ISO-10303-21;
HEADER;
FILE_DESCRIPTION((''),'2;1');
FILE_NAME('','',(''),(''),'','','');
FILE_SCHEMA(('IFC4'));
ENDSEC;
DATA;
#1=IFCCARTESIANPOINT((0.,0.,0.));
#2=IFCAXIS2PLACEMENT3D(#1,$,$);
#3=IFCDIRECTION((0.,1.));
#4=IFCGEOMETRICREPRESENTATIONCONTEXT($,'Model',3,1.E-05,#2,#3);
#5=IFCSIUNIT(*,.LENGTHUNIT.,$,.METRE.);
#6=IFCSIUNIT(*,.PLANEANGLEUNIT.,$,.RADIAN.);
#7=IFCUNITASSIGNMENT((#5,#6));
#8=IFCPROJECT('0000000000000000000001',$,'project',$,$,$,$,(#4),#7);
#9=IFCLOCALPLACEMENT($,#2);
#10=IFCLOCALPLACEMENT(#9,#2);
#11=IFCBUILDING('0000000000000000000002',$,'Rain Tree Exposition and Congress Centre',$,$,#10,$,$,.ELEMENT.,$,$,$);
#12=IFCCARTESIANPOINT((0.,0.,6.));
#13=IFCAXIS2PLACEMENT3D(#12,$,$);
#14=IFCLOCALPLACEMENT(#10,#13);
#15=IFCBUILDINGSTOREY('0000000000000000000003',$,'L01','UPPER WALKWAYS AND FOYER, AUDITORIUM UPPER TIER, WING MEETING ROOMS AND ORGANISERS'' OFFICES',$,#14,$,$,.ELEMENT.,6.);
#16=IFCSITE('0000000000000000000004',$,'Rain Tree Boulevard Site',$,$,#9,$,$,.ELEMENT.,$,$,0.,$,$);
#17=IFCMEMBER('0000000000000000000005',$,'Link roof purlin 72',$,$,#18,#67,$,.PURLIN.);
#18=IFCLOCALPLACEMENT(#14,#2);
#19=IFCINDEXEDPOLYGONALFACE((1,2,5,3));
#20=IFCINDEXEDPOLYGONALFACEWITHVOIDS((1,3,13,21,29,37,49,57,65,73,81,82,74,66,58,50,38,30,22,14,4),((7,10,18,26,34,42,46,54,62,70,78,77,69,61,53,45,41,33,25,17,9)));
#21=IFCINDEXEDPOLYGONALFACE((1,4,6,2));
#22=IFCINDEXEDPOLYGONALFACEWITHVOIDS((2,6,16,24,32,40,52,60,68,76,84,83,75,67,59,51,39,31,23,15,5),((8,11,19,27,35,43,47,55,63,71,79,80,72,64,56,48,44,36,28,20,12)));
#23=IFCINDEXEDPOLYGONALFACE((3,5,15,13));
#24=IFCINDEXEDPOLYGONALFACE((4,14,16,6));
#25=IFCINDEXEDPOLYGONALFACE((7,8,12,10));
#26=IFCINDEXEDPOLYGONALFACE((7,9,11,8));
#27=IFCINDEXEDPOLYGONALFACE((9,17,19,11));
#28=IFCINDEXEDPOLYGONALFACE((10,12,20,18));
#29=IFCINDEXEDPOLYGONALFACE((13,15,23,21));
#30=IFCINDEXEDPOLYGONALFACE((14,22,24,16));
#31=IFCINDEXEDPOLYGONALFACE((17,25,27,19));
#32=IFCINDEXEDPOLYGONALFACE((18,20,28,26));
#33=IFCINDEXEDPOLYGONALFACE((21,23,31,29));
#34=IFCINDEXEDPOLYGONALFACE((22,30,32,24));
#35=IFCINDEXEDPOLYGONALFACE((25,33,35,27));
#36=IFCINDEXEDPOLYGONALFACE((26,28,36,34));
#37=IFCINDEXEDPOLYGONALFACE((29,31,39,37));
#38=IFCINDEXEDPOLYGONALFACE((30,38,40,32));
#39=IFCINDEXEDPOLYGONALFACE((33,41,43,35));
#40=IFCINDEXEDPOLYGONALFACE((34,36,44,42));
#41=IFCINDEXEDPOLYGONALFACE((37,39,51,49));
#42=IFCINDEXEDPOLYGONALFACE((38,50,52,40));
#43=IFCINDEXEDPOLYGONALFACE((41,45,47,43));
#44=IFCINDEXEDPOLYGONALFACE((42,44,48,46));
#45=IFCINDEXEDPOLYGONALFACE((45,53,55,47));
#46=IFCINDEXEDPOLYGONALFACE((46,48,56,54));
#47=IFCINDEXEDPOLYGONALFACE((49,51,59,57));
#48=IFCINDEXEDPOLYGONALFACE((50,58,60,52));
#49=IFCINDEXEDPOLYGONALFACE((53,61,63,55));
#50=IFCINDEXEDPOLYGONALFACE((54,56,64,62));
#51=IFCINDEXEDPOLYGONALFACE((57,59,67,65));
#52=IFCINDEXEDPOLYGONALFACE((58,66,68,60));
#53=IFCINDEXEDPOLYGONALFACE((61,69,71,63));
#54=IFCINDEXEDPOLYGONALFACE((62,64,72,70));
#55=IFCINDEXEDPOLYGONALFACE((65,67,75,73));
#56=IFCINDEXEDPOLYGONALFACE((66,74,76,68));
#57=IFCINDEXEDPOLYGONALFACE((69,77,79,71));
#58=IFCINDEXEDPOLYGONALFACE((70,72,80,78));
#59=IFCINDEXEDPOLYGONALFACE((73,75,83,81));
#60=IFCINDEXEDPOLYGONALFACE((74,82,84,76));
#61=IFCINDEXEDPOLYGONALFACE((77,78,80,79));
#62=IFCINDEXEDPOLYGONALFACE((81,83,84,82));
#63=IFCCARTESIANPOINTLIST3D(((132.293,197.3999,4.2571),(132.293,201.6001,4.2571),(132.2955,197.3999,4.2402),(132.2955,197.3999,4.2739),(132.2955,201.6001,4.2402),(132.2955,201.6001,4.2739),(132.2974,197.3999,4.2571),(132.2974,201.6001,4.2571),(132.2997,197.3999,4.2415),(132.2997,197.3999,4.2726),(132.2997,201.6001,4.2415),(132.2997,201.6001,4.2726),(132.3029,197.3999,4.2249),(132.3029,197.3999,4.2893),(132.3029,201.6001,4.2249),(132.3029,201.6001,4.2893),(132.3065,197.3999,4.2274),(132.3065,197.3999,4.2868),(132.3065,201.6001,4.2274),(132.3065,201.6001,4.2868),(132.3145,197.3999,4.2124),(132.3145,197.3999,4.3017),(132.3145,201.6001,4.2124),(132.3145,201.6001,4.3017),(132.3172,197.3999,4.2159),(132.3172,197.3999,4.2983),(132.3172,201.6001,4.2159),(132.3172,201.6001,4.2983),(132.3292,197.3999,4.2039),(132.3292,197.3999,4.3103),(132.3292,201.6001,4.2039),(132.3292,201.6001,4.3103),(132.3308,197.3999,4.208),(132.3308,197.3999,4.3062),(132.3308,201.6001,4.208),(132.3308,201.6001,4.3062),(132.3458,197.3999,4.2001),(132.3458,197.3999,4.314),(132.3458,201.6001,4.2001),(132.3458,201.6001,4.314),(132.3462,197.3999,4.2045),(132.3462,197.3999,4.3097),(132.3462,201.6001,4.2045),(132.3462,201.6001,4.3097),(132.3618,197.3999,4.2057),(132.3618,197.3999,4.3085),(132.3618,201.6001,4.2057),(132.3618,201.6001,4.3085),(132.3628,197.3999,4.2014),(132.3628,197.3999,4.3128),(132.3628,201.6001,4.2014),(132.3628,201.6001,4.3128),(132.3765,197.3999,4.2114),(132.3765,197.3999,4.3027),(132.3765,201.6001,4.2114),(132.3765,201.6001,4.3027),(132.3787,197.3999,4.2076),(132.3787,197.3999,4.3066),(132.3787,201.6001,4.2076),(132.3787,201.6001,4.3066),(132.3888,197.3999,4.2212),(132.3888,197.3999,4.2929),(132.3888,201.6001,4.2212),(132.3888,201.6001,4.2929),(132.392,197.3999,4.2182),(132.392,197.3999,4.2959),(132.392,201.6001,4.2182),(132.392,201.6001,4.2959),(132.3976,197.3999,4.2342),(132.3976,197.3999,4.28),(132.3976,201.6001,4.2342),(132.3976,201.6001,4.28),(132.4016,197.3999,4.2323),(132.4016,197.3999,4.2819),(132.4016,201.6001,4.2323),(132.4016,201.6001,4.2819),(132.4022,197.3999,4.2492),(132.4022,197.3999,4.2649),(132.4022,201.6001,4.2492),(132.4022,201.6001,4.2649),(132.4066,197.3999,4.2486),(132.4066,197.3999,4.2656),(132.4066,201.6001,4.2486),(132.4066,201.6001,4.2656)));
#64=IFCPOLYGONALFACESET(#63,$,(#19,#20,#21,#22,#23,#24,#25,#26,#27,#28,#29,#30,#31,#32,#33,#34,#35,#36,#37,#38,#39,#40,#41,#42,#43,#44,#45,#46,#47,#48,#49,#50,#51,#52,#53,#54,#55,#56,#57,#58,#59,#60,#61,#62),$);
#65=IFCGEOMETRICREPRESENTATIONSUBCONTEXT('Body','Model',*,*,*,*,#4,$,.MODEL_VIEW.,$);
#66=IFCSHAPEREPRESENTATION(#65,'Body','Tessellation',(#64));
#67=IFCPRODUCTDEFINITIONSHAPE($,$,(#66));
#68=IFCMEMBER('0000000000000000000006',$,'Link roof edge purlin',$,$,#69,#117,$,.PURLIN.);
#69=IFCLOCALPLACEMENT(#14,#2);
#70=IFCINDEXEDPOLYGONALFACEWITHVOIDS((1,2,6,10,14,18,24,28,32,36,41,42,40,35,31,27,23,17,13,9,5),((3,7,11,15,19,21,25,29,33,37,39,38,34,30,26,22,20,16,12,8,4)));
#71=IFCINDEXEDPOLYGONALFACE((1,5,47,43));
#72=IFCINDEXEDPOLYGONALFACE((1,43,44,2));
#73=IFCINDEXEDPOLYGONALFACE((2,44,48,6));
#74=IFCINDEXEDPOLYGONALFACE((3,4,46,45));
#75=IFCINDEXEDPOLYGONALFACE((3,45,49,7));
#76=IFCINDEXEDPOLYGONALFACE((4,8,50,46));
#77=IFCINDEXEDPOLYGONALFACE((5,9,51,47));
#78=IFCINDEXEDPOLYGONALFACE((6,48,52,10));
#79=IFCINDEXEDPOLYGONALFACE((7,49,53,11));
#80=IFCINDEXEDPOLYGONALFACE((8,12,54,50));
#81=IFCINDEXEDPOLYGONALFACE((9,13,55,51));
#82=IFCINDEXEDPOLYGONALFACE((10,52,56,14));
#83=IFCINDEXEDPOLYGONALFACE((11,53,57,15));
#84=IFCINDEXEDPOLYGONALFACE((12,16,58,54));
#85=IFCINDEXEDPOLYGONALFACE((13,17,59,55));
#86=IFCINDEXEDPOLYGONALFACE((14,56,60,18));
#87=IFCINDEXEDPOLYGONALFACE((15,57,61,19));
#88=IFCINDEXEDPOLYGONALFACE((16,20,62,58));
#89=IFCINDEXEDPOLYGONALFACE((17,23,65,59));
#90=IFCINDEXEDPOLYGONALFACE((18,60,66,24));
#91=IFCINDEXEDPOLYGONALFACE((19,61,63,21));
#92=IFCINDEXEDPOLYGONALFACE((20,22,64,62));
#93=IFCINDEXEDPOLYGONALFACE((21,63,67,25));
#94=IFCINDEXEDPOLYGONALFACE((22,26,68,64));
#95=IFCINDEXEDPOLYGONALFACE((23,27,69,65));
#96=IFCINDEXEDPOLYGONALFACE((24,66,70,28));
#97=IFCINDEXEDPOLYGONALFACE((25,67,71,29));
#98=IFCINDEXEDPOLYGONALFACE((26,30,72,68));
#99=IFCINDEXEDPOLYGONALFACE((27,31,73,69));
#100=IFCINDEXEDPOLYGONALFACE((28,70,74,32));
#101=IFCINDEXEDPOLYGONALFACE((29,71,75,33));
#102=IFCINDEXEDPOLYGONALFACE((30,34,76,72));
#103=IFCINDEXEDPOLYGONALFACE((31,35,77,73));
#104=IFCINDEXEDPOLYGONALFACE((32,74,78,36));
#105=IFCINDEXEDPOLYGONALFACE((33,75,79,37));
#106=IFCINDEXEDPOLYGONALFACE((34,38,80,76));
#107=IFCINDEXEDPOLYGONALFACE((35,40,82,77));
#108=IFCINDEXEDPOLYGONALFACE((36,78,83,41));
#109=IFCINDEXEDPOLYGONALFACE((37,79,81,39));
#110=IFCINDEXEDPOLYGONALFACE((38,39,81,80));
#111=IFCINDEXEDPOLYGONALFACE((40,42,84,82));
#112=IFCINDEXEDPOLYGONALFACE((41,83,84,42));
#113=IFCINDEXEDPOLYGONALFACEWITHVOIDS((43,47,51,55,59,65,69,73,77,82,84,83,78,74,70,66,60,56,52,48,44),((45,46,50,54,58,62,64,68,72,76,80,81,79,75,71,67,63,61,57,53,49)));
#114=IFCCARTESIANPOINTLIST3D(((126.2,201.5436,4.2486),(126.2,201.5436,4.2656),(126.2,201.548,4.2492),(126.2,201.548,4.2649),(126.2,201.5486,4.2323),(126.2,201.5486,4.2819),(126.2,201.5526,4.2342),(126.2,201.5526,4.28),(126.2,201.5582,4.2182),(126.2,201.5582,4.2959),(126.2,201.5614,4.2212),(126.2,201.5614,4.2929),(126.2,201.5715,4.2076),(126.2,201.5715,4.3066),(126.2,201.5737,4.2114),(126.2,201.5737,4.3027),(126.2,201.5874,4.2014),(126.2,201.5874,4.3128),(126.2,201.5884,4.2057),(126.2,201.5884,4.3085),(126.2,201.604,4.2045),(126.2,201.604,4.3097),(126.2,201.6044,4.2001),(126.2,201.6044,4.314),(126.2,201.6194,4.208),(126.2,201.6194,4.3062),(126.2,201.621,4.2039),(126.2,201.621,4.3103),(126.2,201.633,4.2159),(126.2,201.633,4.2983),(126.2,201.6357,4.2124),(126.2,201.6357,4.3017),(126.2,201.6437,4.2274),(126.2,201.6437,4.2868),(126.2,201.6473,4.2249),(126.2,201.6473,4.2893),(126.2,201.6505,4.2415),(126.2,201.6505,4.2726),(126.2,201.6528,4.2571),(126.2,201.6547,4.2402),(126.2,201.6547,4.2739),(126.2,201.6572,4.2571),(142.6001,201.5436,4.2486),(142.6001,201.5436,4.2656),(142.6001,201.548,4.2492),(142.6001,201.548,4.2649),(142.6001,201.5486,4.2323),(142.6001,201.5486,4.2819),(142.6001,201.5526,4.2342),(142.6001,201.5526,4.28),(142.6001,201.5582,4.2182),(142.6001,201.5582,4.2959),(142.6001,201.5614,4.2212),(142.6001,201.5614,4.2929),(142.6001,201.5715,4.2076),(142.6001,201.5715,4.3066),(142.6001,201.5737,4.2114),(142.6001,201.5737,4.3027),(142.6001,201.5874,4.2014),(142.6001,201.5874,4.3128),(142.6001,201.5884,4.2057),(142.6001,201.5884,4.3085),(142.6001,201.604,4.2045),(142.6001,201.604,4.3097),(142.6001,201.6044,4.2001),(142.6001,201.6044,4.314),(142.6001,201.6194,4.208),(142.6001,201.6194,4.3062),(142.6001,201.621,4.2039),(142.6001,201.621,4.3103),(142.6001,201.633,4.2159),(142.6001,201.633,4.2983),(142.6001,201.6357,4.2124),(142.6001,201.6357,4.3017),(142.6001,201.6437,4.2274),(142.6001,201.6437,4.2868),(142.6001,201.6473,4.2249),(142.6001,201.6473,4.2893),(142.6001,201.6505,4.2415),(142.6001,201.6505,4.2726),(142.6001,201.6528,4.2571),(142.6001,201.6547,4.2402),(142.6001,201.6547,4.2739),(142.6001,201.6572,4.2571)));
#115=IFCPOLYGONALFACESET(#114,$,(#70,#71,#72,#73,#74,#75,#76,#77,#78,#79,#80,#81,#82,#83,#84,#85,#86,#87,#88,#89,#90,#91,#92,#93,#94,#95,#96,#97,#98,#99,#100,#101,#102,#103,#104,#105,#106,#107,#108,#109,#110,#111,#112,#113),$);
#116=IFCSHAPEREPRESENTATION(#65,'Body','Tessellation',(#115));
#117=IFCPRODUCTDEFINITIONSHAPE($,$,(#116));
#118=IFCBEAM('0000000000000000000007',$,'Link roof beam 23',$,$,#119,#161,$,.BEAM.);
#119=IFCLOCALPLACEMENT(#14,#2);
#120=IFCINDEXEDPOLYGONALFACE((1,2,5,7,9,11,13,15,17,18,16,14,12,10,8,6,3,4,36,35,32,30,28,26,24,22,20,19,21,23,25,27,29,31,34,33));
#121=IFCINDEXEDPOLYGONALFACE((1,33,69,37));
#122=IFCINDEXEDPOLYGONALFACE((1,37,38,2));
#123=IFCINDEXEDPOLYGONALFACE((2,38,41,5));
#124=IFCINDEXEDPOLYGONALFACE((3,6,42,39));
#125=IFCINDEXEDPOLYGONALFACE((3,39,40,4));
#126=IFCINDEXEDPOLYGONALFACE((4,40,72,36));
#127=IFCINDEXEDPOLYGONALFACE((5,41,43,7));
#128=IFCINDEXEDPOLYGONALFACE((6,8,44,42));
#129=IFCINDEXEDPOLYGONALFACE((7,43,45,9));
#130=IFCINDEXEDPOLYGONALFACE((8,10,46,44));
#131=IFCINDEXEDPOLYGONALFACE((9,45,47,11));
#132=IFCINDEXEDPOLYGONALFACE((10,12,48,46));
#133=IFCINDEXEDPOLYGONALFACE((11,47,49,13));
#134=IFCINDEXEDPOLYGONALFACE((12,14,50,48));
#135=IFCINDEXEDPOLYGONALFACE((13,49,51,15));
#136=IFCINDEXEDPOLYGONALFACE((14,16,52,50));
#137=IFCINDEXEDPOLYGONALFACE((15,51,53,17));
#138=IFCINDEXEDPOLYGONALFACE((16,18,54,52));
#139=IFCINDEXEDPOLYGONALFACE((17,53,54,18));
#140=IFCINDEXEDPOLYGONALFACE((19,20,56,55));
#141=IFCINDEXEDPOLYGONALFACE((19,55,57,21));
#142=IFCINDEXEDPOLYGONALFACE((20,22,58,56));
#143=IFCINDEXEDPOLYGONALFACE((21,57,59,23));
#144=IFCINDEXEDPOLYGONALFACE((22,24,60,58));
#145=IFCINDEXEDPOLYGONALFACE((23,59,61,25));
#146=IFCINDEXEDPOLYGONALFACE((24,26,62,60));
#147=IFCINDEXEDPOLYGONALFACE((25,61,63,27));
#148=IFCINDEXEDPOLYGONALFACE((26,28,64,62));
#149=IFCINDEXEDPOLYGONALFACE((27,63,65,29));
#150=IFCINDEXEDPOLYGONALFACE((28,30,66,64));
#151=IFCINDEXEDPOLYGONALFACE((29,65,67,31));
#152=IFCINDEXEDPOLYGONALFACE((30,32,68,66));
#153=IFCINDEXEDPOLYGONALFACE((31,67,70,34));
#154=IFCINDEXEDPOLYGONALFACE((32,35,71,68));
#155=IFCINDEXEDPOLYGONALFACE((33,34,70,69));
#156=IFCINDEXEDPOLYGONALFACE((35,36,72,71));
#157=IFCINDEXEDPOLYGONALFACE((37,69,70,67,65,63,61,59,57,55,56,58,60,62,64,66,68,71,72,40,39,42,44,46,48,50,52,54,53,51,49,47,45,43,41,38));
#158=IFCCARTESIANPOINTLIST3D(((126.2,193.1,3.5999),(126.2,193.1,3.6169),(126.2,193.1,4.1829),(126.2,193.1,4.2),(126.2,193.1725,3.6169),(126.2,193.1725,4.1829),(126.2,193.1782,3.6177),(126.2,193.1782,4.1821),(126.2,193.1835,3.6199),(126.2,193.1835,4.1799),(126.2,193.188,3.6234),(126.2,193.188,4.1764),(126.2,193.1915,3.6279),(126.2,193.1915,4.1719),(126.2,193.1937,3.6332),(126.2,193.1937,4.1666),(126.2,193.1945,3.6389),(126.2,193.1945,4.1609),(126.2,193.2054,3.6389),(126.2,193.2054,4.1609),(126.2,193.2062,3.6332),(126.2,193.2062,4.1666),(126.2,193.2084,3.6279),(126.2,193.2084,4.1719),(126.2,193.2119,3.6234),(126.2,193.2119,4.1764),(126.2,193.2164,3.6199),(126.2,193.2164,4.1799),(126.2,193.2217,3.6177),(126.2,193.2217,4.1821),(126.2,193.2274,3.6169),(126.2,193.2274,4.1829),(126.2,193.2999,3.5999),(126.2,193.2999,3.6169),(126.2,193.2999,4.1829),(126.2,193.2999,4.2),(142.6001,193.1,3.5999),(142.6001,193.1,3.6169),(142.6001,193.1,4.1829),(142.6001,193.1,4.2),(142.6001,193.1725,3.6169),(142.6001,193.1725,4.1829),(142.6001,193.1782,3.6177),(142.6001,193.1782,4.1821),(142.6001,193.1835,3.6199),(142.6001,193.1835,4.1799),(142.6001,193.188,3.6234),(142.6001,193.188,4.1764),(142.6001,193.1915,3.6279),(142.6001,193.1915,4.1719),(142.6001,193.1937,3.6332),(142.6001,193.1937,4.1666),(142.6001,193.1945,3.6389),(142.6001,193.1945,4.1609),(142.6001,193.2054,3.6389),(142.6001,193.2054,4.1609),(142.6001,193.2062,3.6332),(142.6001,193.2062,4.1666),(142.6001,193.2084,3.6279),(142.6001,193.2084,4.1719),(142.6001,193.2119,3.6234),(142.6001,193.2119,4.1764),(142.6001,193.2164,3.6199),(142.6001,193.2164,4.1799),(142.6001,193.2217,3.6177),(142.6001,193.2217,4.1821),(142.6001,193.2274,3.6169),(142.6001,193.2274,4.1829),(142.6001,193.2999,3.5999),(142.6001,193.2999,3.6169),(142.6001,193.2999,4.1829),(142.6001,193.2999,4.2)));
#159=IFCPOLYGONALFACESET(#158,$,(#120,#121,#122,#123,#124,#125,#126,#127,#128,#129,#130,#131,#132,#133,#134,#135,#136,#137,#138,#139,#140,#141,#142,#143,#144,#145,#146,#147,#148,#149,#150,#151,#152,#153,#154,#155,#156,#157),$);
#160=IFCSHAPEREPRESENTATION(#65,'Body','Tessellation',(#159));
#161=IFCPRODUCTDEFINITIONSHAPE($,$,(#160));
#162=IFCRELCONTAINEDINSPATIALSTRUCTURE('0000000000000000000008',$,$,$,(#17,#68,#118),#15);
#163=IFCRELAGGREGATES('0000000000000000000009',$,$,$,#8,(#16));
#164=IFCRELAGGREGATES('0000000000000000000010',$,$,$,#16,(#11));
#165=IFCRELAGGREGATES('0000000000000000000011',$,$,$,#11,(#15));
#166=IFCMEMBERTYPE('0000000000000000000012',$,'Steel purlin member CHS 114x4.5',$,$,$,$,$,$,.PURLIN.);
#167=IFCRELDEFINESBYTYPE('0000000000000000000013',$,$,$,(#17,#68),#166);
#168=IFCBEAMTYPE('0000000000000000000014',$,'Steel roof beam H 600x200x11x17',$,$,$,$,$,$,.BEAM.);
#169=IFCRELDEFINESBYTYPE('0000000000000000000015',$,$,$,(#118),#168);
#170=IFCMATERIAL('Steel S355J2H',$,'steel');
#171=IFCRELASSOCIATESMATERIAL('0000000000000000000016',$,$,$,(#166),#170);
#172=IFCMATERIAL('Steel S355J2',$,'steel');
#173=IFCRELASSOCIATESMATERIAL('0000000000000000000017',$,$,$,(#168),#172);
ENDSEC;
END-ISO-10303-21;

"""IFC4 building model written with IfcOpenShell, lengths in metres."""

from ifc_helpers import new_model, si_unit, direction, frame, origin, origin_2d, place, context, subcontext, project, spatial, hollow_circle, i_section, extrude, material, material_profile, profile_set, type_object, element, save


model = new_model("IFC4")

# Units and contexts
model_context = context("Model", 3, precision=1e-05, world=origin(), true_north=direction((0.0, 1.0)))
body_context = subcontext(model_context, "Body", "Model", "MODEL_VIEW")
ifc_project = project(units=[si_unit("LENGTHUNIT", "METRE"), si_unit("PLANEANGLEUNIT", "RADIAN")], contexts=[model_context])

# Site, building, storey
site_placement = place(None, origin())
site = spatial("IfcSite", under=ifc_project, at=site_placement, Name="Rain Tree Boulevard Site", CompositionType="ELEMENT", RefElevation=0.0)
building_placement = place(site_placement, origin())
building = spatial("IfcBuilding", under=site, at=building_placement, Name="Rain Tree Exposition and Congress Centre", CompositionType="ELEMENT")
storey_placement = place(building_placement, frame((0.0, 0.0, 6.0)))
storey = spatial("IfcBuildingStorey", under=building, at=storey_placement, Name="L01", Description="UPPER WALKWAYS AND FOYER, AUDITORIUM UPPER TIER, WING MEETING ROOMS AND ORGANISERS' OFFICES", CompositionType="ELEMENT", Elevation=6.0)

# Members
ifc_material_1 = material(Name="Steel S355J2H", Category="steel")
ifc_material_profile_1 = material_profile(ifc_material_1, hollow_circle(Radius=0.0571, WallThickness=0.0044, at=origin_2d()), Name="CHS 114x4.5")
ifc_profile_set_1 = profile_set([ifc_material_profile_1], Name="Steel S355J2H")
member_type = type_object("IfcMemberType", Name="Steel purlin member CHS 114x4.5", PredefinedType="PURLIN", material=ifc_profile_set_1)
member_1_placement = place(storey_placement, frame((132.3501, 197.3999, 4.2571), z_axis=(0.0, 1.0, 0.0), x_axis=(-1.0, 0.0, 0.0)))
element("IfcMember", 1, at=member_1_placement, inside=storey, type_object=member_type, Name="Link roof purlin 72", PredefinedType="PURLIN", context=body_context, shape_type="SweptSolid", body=[
    extrude(hollow_circle(Radius=0.0571, WallThickness=0.0044, at=origin_2d()), origin(), (0.0, 0.0, 1.0), 4.2002),
])
member_2_placement = place(storey_placement, frame((126.2, 201.6001, 4.2571), z_axis=(1.0, 0.0, 0.0), x_axis=(0.0, 1.0, 0.0)))
element("IfcMember", 2, at=member_2_placement, inside=storey, type_object=member_type, Name="Link roof edge purlin", PredefinedType="PURLIN", context=body_context, shape_type="SweptSolid", body=[
    extrude(hollow_circle(Radius=0.0571, WallThickness=0.0044, at=origin_2d()), origin(), (0.0, 0.0, 1.0), 16.4001),
])

# Beam
ifc_material_2 = material(Name="Steel S355J2", Category="steel")
ifc_material_profile_2 = material_profile(ifc_material_2, i_section(OverallWidth=0.2, OverallDepth=0.6001, WebThickness=0.011, FlangeThickness=0.0171, FilletRadius=0.022, at=origin_2d()), Name="H 600x200x11x17")
ifc_profile_set_2 = profile_set([ifc_material_profile_2], Name="Steel S355J2")
beam_type = type_object("IfcBeamType", Name="Steel roof beam H 600x200x11x17", PredefinedType="BEAM", material=ifc_profile_set_2)
for number, where, z_axis, x_axis, name in (
    (3, (126.2, 193.2, 3.8999), (1.0, 0.0, 0.0), (0.0, 1.0, 0.0), "Link roof beam 23"),
):
    element("IfcBeam", number, at=place(storey_placement, frame(where, z_axis=z_axis, x_axis=x_axis)), inside=storey, type_object=beam_type, Name=name, PredefinedType="BEAM", context=body_context, shape_type="SweptSolid", body=[
        extrude(i_section(OverallWidth=0.2, OverallDepth=0.6001, WebThickness=0.011, FlangeThickness=0.0171, FilletRadius=0.022, at=origin_2d()), origin(), (0.0, 0.0, 1.0), 16.4001),
    ])

save(model, "model.ifc")
